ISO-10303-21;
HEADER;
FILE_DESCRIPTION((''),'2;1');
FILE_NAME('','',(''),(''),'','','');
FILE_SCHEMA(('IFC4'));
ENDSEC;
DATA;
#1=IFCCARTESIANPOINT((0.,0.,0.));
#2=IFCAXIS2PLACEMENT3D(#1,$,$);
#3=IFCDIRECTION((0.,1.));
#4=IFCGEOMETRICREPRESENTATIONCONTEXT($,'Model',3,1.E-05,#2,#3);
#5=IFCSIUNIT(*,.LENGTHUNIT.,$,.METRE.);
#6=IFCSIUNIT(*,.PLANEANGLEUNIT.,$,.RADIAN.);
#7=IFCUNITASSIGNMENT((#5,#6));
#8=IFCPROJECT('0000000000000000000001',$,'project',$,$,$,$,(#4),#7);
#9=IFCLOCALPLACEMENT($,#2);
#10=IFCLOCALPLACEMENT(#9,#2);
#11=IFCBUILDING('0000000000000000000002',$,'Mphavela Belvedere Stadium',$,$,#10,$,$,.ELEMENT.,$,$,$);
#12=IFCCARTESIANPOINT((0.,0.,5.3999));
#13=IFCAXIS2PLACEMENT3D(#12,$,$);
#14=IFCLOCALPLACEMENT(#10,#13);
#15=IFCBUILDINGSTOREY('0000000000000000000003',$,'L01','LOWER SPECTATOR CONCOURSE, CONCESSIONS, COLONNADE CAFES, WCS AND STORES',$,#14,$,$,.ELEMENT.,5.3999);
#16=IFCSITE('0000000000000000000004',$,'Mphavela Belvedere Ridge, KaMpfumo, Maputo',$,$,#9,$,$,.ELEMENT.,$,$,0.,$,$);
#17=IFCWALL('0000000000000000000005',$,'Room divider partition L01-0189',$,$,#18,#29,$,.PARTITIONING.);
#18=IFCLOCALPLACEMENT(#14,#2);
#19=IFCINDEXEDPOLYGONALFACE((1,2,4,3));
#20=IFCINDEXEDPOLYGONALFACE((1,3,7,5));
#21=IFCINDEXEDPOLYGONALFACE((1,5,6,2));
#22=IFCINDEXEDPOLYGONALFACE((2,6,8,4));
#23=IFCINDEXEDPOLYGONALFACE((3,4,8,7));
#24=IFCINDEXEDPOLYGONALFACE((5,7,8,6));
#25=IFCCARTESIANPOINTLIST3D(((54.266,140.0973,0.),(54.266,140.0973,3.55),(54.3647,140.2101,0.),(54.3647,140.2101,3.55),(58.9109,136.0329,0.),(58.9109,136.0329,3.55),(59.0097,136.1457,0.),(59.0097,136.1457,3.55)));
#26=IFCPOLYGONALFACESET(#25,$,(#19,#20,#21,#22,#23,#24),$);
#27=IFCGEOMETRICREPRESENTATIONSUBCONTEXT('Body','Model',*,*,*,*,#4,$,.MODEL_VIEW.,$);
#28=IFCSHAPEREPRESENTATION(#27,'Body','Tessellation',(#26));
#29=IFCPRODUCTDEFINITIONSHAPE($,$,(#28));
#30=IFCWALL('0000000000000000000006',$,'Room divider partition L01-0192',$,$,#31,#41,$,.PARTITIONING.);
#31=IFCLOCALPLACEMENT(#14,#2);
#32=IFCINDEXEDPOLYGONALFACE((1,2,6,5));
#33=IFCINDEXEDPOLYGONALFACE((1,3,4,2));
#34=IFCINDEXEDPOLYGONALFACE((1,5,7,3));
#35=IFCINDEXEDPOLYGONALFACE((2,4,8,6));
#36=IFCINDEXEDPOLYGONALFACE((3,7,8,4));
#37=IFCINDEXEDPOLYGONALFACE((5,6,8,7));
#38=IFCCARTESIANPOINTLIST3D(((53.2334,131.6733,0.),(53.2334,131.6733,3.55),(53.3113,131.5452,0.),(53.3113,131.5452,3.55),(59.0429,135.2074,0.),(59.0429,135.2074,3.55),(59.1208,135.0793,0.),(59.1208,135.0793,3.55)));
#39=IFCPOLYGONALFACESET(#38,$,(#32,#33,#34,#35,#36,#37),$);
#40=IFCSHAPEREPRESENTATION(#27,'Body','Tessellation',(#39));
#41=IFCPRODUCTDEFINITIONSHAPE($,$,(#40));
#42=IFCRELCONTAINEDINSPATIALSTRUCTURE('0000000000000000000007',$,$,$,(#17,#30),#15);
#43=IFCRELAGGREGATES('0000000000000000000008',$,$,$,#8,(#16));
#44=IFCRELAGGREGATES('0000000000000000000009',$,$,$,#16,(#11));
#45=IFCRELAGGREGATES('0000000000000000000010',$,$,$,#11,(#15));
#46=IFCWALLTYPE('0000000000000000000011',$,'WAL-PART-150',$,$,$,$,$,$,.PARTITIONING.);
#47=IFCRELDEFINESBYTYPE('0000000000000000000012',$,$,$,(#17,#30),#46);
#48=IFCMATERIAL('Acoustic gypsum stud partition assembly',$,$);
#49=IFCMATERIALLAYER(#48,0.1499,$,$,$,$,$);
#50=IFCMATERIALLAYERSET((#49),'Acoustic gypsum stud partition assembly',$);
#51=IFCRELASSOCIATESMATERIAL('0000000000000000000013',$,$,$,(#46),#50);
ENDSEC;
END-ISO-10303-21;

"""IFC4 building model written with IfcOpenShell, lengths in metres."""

from ifc_helpers import new_model, si_unit, direction, frame, frame_2d, origin, place, context, subcontext, project, spatial, rectangle, extrude, material, layer, layer_set, type_object, element, save


model = new_model("IFC4")

# Units and contexts
model_context = context("Model", 3, precision=1e-05, world=origin(), true_north=direction((0.0, 1.0)))
body_context = subcontext(model_context, "Body", "Model", "MODEL_VIEW")
ifc_project = project(units=[si_unit("LENGTHUNIT", "METRE"), si_unit("PLANEANGLEUNIT", "RADIAN")], contexts=[model_context])

# Site, building, storey
site_placement = place(None, origin())
site = spatial("IfcSite", under=ifc_project, at=site_placement, Name="Mphavela Belvedere Ridge, KaMpfumo, Maputo", CompositionType="ELEMENT", RefElevation=0.0)
building_placement = place(site_placement, origin())
building = spatial("IfcBuilding", under=site, at=building_placement, Name="Mphavela Belvedere Stadium", CompositionType="ELEMENT")
storey_placement = place(building_placement, frame((0.0, 0.0, 5.3999)))
storey = spatial("IfcBuildingStorey", under=building, at=storey_placement, Name="L01", Description="LOWER SPECTATOR CONCOURSE, CONCESSIONS, COLONNADE CAFES, WCS AND STORES", CompositionType="ELEMENT", Elevation=5.3999)

# Walls
ifc_material_1 = material(Name="Acoustic gypsum stud partition assembly")
ifc_layer_1 = layer(ifc_material_1, 0.1499)
ifc_layer_set_1 = layer_set([ifc_layer_1], Name="Acoustic gypsum stud partition assembly")
wall_type = type_object("IfcWallType", Name="WAL-PART-150", PredefinedType="PARTITIONING", material=ifc_layer_set_1)
wall_1_placement = place(storey_placement, frame((58.9602, 136.0894, 0.0), z_axis=(0.0, 0.0, 1.0), x_axis=(-0.752572, 0.65851, 0.0)))
element("IfcWall", 1, at=wall_1_placement, inside=storey, type_object=wall_type, Name="Room divider partition L01-0189", PredefinedType="PARTITIONING", context=body_context, shape_type="SweptSolid", body=[
    extrude(rectangle(XDim=6.1721, YDim=0.1499, at=frame_2d((3.0859, 0.0))), origin(), (0.0, 0.0, 1.0), 3.55),
])
wall_2_placement = place(storey_placement, frame((59.0818, 135.1433, 0.0), z_axis=(0.0, 0.0, 1.0), x_axis=(-0.854334, -0.519724, 0.0)))
element("IfcWall", 2, at=wall_2_placement, inside=storey, type_object=wall_type, Name="Room divider partition L01-0192", PredefinedType="PARTITIONING", context=body_context, shape_type="SweptSolid", body=[
    extrude(rectangle(XDim=6.8, YDim=0.1499, at=frame_2d((3.3999, 0.0))), origin(), (0.0, 0.0, 1.0), 3.55),
])

save(model, "model.ifc")
